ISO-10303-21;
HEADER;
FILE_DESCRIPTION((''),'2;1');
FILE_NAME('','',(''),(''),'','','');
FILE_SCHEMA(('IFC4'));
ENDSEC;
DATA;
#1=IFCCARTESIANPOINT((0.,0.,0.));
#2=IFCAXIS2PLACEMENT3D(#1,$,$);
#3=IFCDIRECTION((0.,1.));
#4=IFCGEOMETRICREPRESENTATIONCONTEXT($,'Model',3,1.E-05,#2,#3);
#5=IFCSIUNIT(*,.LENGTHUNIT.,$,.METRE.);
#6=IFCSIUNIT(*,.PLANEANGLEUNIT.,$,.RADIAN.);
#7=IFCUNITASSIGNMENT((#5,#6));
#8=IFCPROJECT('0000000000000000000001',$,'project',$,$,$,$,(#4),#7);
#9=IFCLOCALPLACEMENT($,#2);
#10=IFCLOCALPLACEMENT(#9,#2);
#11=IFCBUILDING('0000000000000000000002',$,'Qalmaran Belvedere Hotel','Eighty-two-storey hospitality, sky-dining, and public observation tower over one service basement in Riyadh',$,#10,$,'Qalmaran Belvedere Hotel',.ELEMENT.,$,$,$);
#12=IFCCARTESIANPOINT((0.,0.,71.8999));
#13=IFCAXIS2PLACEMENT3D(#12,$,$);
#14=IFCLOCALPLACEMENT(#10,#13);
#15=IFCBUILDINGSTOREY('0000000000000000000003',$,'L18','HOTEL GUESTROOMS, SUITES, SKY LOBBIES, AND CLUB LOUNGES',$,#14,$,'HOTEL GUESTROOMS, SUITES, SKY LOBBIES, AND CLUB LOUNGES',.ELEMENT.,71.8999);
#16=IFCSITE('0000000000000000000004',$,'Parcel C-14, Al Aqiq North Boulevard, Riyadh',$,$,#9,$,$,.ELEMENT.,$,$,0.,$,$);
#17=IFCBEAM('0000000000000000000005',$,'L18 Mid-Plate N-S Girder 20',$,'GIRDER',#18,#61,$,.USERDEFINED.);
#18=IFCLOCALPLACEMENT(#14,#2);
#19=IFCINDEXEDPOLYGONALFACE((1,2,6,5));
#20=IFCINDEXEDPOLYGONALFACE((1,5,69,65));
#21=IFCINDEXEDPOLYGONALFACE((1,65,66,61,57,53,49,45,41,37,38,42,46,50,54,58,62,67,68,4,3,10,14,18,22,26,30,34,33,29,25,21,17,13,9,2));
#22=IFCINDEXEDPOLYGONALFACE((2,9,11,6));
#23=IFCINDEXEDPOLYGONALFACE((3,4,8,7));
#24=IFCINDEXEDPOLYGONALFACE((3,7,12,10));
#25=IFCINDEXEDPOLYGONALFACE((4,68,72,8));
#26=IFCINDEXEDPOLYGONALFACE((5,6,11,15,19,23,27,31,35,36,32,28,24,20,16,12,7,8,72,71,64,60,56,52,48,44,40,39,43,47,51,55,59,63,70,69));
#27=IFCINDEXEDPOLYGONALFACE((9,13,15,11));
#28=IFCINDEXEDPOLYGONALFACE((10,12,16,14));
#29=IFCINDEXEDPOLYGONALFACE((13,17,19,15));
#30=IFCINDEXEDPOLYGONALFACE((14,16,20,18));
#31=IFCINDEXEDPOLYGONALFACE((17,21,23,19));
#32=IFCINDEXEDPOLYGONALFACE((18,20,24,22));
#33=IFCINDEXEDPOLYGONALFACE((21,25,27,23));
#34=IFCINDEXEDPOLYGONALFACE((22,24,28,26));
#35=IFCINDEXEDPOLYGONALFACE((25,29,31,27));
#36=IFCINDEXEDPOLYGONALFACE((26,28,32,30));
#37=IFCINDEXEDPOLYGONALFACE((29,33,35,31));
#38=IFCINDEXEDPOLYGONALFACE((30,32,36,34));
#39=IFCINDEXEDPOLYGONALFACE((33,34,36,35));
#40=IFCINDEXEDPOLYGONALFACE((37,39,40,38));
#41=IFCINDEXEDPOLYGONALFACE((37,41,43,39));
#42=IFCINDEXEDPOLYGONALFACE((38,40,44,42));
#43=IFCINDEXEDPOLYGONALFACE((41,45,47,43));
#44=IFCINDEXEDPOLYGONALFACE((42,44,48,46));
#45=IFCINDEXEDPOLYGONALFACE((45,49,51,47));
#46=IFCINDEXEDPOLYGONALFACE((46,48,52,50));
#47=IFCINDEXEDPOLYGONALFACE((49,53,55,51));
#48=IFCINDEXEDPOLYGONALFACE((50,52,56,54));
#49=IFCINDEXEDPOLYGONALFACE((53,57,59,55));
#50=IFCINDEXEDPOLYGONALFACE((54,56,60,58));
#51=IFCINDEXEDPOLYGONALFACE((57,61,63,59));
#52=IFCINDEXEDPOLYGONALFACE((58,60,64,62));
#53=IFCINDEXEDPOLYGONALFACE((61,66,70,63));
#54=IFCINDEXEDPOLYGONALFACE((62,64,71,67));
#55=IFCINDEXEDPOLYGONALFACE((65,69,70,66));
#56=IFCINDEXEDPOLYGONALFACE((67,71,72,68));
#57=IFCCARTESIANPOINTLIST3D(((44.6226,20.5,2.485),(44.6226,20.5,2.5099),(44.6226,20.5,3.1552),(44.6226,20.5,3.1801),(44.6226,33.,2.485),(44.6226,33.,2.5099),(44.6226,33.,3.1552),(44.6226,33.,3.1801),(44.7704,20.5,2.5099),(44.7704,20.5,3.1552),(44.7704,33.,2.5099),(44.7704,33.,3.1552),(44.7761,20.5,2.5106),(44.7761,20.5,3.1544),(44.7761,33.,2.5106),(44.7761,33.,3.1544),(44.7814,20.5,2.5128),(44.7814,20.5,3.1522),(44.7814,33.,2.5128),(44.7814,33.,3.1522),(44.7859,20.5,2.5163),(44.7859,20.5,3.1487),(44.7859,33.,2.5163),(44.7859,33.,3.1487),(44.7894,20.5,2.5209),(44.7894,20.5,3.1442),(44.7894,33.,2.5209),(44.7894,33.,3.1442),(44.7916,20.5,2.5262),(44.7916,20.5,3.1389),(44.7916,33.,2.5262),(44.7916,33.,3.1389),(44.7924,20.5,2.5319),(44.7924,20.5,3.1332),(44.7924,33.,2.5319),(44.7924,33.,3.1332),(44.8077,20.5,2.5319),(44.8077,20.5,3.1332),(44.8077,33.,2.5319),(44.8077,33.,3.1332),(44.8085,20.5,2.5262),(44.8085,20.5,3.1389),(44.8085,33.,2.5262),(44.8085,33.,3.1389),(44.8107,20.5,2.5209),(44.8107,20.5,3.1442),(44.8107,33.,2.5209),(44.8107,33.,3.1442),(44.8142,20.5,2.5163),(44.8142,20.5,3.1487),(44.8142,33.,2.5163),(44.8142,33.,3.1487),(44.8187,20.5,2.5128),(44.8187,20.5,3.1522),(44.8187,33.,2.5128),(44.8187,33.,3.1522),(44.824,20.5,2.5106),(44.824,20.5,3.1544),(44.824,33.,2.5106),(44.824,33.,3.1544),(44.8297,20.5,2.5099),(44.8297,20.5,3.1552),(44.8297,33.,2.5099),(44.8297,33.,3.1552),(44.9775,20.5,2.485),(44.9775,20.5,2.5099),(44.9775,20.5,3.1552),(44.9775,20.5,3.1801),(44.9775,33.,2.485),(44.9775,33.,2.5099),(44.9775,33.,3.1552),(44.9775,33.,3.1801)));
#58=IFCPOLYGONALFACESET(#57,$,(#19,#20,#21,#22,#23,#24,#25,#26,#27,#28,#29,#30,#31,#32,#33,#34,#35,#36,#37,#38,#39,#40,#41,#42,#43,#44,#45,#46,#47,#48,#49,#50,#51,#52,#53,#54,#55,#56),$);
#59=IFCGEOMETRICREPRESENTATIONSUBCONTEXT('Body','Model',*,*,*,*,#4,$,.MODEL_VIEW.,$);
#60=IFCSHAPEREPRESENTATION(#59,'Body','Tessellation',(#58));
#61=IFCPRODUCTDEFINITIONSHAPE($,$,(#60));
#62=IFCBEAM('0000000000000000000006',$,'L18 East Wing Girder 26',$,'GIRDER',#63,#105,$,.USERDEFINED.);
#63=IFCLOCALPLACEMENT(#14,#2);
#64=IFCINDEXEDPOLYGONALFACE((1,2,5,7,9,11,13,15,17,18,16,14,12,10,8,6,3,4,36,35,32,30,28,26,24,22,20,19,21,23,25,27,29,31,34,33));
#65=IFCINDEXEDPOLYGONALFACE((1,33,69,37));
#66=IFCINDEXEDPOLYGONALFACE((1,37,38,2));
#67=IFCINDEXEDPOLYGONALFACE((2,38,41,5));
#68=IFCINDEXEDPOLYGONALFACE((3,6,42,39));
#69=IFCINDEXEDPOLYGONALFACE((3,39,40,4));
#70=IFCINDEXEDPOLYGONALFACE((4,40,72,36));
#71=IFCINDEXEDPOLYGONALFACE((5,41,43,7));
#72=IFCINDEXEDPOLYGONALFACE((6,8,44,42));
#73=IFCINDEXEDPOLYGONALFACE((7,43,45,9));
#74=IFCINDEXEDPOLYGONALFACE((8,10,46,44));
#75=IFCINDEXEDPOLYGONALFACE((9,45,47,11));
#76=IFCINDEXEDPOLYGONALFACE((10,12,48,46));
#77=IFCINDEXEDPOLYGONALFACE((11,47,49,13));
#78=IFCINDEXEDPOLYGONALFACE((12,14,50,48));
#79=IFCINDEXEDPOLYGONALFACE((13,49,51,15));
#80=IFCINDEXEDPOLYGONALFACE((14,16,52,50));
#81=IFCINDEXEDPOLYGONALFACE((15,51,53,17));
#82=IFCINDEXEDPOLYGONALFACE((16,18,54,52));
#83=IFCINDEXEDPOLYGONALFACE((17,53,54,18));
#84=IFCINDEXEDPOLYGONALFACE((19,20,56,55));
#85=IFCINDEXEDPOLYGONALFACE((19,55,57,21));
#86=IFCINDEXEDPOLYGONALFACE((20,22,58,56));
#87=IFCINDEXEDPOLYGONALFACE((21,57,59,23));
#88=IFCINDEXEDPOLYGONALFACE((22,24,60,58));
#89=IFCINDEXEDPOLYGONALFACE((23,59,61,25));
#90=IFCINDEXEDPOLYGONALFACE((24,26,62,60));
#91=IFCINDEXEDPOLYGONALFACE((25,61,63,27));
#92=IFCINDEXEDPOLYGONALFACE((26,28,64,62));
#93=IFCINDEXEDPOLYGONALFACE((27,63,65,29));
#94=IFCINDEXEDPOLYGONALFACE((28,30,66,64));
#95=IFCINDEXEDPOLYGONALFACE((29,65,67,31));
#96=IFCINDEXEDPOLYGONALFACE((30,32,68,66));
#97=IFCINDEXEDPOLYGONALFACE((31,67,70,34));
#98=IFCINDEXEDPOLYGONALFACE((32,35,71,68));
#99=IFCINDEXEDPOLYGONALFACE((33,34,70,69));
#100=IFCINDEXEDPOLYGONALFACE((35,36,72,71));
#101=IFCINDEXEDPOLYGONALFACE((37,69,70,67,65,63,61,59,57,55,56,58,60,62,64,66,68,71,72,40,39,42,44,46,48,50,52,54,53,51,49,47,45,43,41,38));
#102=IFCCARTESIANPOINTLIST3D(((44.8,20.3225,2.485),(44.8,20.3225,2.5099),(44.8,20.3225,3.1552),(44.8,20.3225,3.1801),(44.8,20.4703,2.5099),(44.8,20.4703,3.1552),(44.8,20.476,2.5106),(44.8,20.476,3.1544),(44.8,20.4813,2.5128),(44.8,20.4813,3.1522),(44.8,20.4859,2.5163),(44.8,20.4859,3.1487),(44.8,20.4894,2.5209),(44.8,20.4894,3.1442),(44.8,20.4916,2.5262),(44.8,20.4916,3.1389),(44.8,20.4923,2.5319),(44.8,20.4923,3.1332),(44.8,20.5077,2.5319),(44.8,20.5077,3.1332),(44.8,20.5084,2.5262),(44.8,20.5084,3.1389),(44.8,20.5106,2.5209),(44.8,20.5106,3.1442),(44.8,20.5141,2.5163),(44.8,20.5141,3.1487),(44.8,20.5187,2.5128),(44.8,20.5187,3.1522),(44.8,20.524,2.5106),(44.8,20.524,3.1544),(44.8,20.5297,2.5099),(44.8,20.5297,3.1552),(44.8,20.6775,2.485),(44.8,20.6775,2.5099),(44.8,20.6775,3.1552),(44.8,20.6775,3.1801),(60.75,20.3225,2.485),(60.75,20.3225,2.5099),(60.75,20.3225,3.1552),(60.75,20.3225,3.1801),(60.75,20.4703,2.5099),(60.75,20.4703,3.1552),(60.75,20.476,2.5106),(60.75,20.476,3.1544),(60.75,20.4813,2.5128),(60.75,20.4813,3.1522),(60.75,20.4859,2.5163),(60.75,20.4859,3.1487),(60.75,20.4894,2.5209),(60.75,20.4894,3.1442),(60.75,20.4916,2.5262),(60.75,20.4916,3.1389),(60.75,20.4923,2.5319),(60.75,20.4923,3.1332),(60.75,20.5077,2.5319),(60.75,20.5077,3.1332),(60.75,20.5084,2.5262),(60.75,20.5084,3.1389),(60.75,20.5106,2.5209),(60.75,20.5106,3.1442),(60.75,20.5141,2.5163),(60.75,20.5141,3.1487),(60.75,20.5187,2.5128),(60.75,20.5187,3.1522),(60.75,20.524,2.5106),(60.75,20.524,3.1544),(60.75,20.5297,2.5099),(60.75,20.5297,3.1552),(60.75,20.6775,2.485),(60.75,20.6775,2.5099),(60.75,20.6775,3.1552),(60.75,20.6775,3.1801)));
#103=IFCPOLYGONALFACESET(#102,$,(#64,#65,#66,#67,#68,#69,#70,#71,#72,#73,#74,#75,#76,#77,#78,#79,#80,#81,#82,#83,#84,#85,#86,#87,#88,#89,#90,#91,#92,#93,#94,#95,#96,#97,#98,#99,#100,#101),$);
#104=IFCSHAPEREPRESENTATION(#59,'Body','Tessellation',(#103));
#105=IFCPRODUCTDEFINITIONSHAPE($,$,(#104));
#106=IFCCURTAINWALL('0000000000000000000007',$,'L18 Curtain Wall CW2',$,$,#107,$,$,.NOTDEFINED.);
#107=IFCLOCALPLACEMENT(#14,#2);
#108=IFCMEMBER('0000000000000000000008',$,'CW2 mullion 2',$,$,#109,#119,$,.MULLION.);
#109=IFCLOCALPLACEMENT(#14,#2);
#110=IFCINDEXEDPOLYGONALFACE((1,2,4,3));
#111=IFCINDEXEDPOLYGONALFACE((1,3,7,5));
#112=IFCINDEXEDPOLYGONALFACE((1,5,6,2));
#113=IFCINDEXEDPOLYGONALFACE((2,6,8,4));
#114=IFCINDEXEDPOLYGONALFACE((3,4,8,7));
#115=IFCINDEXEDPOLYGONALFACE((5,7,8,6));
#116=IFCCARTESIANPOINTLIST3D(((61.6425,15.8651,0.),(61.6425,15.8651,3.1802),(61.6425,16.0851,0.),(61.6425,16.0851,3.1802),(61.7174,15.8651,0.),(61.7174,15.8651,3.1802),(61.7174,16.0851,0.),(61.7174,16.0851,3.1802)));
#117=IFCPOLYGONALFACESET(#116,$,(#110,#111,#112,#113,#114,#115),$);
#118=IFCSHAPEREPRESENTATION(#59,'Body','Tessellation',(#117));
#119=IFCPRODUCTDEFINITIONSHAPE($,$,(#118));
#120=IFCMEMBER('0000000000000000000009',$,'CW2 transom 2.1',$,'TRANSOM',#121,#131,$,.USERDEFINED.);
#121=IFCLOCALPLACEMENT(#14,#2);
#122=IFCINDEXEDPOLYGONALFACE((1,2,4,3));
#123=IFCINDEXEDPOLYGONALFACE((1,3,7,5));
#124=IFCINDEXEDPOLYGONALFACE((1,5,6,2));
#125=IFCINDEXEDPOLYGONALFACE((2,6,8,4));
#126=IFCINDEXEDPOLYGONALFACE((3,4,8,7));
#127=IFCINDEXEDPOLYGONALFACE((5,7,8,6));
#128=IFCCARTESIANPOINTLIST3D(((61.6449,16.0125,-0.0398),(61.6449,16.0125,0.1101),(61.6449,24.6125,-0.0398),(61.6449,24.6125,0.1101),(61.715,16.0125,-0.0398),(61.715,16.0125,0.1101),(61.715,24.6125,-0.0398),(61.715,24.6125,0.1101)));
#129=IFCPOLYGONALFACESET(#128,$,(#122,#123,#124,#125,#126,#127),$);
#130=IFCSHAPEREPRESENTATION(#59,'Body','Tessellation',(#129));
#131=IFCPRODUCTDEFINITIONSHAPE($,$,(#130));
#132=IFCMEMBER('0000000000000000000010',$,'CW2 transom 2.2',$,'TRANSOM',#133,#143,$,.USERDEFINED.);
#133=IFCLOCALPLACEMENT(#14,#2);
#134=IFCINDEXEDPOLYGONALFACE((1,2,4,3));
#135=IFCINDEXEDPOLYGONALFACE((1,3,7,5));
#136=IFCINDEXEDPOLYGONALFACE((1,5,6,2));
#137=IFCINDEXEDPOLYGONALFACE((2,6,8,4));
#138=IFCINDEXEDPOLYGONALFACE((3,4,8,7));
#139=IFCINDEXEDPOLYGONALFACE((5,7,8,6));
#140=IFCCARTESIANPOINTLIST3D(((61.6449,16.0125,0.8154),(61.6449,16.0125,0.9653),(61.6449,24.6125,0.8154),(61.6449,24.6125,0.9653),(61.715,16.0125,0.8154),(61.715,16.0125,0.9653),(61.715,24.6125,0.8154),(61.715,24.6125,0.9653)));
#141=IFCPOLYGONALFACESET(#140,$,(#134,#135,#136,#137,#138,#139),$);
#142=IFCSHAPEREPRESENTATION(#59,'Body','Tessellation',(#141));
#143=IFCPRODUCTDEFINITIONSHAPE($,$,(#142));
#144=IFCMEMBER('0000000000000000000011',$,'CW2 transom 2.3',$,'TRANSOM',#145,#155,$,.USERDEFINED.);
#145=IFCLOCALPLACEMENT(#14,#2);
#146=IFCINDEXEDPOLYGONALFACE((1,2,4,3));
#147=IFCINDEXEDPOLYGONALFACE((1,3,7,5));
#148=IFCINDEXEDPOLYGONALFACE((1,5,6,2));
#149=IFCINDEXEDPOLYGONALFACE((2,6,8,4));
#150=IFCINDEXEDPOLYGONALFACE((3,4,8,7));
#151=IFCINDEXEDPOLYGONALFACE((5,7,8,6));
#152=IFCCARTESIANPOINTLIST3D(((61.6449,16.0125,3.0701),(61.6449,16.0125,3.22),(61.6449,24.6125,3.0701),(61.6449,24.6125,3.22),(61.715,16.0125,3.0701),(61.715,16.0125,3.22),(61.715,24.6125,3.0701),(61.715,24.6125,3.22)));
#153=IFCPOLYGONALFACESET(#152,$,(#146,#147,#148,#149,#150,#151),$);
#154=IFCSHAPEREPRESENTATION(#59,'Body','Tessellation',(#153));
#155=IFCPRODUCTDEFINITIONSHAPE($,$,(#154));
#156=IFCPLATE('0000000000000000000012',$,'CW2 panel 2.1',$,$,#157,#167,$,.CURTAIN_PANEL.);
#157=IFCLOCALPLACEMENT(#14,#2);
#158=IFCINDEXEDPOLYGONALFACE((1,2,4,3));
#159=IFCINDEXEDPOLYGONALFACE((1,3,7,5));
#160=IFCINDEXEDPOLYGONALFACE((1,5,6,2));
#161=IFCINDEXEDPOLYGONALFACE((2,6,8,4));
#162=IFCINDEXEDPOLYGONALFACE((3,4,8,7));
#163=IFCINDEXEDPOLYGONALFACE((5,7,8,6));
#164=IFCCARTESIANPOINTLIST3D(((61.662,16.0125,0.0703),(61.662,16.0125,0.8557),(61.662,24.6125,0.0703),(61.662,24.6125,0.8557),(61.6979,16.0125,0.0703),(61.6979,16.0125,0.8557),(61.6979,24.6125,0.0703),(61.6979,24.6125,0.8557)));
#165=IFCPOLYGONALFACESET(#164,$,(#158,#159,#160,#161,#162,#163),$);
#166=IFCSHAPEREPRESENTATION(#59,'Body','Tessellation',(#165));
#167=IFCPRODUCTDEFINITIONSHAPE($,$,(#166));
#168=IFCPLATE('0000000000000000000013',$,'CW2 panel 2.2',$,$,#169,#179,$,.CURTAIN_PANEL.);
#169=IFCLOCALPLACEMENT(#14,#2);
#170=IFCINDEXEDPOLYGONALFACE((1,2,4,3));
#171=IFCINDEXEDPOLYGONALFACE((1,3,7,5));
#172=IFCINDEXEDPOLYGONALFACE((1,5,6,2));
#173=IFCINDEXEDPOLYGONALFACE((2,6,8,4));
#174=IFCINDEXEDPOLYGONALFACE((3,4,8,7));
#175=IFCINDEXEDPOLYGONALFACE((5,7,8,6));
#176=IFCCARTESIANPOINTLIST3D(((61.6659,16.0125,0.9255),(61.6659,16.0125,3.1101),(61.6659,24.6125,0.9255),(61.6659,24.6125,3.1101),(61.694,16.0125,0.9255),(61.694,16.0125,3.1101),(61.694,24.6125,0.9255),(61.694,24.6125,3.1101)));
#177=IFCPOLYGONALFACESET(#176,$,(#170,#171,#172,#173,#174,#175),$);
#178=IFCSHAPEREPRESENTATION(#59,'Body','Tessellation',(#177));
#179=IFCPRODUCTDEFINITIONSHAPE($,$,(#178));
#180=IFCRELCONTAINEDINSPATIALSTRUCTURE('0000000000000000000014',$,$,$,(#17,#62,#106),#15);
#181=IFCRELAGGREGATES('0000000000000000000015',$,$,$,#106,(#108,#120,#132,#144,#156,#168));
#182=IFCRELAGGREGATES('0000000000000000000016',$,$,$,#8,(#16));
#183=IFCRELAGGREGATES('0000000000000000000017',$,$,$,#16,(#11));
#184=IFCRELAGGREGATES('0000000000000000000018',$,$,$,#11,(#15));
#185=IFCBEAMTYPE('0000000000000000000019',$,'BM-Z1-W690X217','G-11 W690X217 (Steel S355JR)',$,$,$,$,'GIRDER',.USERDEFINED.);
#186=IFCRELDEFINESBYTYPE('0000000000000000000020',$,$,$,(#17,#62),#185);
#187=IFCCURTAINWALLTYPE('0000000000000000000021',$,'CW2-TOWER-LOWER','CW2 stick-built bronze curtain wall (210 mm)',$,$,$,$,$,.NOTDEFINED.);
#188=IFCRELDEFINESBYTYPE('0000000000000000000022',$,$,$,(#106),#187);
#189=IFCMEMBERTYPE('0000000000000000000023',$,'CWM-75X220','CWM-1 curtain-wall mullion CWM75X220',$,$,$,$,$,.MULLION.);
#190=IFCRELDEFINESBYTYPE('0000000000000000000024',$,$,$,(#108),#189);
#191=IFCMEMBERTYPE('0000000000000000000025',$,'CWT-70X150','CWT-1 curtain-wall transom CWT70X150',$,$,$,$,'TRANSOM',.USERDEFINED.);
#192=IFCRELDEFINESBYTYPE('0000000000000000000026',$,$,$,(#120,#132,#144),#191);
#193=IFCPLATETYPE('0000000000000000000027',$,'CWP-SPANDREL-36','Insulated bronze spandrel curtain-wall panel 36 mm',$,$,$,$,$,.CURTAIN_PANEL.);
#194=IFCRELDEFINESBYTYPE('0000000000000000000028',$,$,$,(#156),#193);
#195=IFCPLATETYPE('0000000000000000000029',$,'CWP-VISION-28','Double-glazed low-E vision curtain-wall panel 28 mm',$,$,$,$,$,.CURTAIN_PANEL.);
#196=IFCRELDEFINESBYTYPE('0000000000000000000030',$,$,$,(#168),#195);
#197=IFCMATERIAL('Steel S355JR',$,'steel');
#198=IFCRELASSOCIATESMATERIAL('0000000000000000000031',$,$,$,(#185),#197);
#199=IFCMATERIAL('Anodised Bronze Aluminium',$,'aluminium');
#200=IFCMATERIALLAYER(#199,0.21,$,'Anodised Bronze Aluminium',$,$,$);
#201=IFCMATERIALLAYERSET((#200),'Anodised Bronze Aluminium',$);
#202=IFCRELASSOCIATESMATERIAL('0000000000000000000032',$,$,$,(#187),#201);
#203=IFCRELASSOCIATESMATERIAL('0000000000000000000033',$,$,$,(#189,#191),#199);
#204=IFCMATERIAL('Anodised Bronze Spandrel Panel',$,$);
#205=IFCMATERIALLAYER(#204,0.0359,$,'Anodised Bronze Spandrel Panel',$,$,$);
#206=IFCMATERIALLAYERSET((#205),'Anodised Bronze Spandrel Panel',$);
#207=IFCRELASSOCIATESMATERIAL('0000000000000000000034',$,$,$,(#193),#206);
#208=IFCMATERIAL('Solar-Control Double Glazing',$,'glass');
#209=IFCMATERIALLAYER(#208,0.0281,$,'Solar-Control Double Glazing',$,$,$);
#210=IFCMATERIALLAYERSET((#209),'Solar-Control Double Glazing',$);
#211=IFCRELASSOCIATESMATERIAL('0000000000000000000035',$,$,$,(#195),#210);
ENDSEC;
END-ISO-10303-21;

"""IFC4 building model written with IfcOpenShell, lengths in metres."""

from ifc_helpers import new_model, si_unit, direction, frame, origin, origin_2d, place, context, subcontext, project, spatial, rectangle, i_section, extrude, material, layer, layer_set, material_profile, profile_set, type_object, element, aggregate, save


model = new_model("IFC4")

# Units and contexts
model_context = context("Model", 3, precision=1e-05, world=origin(), true_north=direction((0.0, 1.0)))
body_context = subcontext(model_context, "Body", "Model", "MODEL_VIEW")
ifc_project = project(units=[si_unit("LENGTHUNIT", "METRE"), si_unit("PLANEANGLEUNIT", "RADIAN")], contexts=[model_context])

# Site, building, storey
site_placement = place(None, origin())
site = spatial("IfcSite", under=ifc_project, at=site_placement, Name="Parcel C-14, Al Aqiq North Boulevard, Riyadh", CompositionType="ELEMENT", RefElevation=0.0)
building_placement = place(site_placement, origin())
building = spatial("IfcBuilding", under=site, at=building_placement, Name="Qalmaran Belvedere Hotel", Description="Eighty-two-storey hospitality, sky-dining, and public observation tower over one service basement in Riyadh", LongName="Qalmaran Belvedere Hotel", CompositionType="ELEMENT")
storey_placement = place(building_placement, frame((0.0, 0.0, 71.8999)))
storey = spatial("IfcBuildingStorey", under=building, at=storey_placement, Name="L18", Description="HOTEL GUESTROOMS, SUITES, SKY LOBBIES, AND CLUB LOUNGES", LongName="HOTEL GUESTROOMS, SUITES, SKY LOBBIES, AND CLUB LOUNGES", CompositionType="ELEMENT", Elevation=71.8999)

# Beams
ifc_material_1 = material(Name="Steel S355JR", Category="steel")
ifc_material_profile_1 = material_profile(ifc_material_1, i_section(OverallWidth=0.355, OverallDepth=0.6951, WebThickness=0.0154, FlangeThickness=0.0249, FilletRadius=0.022, at=origin_2d()), Name="W690X217")
ifc_profile_set_1 = profile_set([ifc_material_profile_1], Name="Steel S355JR")
beam_type_1 = type_object("IfcBeamType", Name="BM-Z1-W690X217", Description="G-11 W690X217 (Steel S355JR)", ElementType="GIRDER", PredefinedType="USERDEFINED", material=ifc_profile_set_1)
beam_1_placement = place(storey_placement, frame((44.8, 20.5, 2.8325), z_axis=(0.0, 1.0, 0.0), x_axis=(-1.0, 0.0, 0.0)))
element("IfcBeam", 1, at=beam_1_placement, inside=storey, type_object=beam_type_1, Name="L18 Mid-Plate N-S Girder 20", ObjectType="GIRDER", PredefinedType="USERDEFINED", context=body_context, shape_type="SweptSolid", body=[
    extrude(i_section(OverallWidth=0.355, OverallDepth=0.6951, WebThickness=0.0154, FlangeThickness=0.0249, FilletRadius=0.022, at=origin_2d()), origin(), (0.0, 0.0, 1.0), 12.5),
])
beam_2_placement = place(storey_placement, frame((44.8, 20.5, 2.8325), z_axis=(1.0, 0.0, 0.0), x_axis=(0.0, 1.0, 0.0)))
element("IfcBeam", 2, at=beam_2_placement, inside=storey, type_object=beam_type_1, Name="L18 East Wing Girder 26", ObjectType="GIRDER", PredefinedType="USERDEFINED", context=body_context, shape_type="SweptSolid", body=[
    extrude(i_section(OverallWidth=0.355, OverallDepth=0.6951, WebThickness=0.0154, FlangeThickness=0.0249, FilletRadius=0.022, at=origin_2d()), origin(), (0.0, 0.0, 1.0), 15.95),
])

# Curtain wall, members, plates
ifc_material_2 = material(Name="Anodised Bronze Aluminium", Category="aluminium")
ifc_layer_1 = layer(ifc_material_2, 0.21, Name="Anodised Bronze Aluminium")
ifc_layer_set_1 = layer_set([ifc_layer_1], Name="Anodised Bronze Aluminium")
curtain_wall_type = type_object("IfcCurtainWallType", Name="CW2-TOWER-LOWER", Description="CW2 stick-built bronze curtain wall (210 mm)", PredefinedType="NOTDEFINED", material=ifc_layer_set_1)
curtain_wall_placement = place(storey_placement, origin())
curtain_wall = element("IfcCurtainWall", 3, at=curtain_wall_placement, inside=storey, type_object=curtain_wall_type, Name="L18 Curtain Wall CW2", PredefinedType="NOTDEFINED")
ifc_material_profile_2 = material_profile(ifc_material_2, rectangle(XDim=0.075, YDim=0.22, at=origin_2d()), Name="CWM75X220")
ifc_profile_set_2 = profile_set([ifc_material_profile_2], Name="Anodised Bronze Aluminium")
member_type_1 = type_object("IfcMemberType", Name="CWM-75X220", Description="CWM-1 curtain-wall mullion CWM75X220", PredefinedType="MULLION", material=ifc_profile_set_2)
member_1_placement = place(storey_placement, frame((61.6799, 15.9751, 0.0), z_axis=(0.0, 0.0, 1.0), x_axis=(-1.0, 0.0, 0.0)))
member_1 = element("IfcMember", 4, at=member_1_placement, type_object=member_type_1, Name="CW2 mullion 2", PredefinedType="MULLION", context=body_context, shape_type="SweptSolid", body=[
    extrude(rectangle(XDim=0.075, YDim=0.22, at=origin_2d()), origin(), (0.0, 0.0, 1.0), 3.1802),
])
ifc_material_profile_3 = material_profile(ifc_material_2, rectangle(XDim=0.0701, YDim=0.1499, at=origin_2d()), Name="CWT70X150")
ifc_profile_set_3 = profile_set([ifc_material_profile_3], Name="Anodised Bronze Aluminium")
member_type_2 = type_object("IfcMemberType", Name="CWT-70X150", Description="CWT-1 curtain-wall transom CWT70X150", ElementType="TRANSOM", PredefinedType="USERDEFINED", material=ifc_profile_set_3)
member_2_placement = place(storey_placement, frame((61.6799, 16.0125, 0.0352), z_axis=(0.0, 1.0, 0.0), x_axis=(-1.0, 0.0, 0.0)))
member_2 = element("IfcMember", 5, at=member_2_placement, type_object=member_type_2, Name="CW2 transom 2.1", ObjectType="TRANSOM", PredefinedType="USERDEFINED", context=body_context, shape_type="SweptSolid", body=[
    extrude(rectangle(XDim=0.0701, YDim=0.1499, at=origin_2d()), origin(), (0.0, 0.0, 1.0), 8.6001),
])
member_3_placement = place(storey_placement, frame((61.6799, 16.0125, 0.8904), z_axis=(0.0, 1.0, 0.0), x_axis=(-1.0, 0.0, 0.0)))
member_3 = element("IfcMember", 6, at=member_3_placement, type_object=member_type_2, Name="CW2 transom 2.2", ObjectType="TRANSOM", PredefinedType="USERDEFINED", context=body_context, shape_type="SweptSolid", body=[
    extrude(rectangle(XDim=0.0701, YDim=0.1499, at=origin_2d()), origin(), (0.0, 0.0, 1.0), 8.6001),
])
member_4_placement = place(storey_placement, frame((61.6799, 16.0125, 3.145), z_axis=(0.0, 1.0, 0.0), x_axis=(-1.0, 0.0, 0.0)))
member_4 = element("IfcMember", 7, at=member_4_placement, type_object=member_type_2, Name="CW2 transom 2.3", ObjectType="TRANSOM", PredefinedType="USERDEFINED", context=body_context, shape_type="SweptSolid", body=[
    extrude(rectangle(XDim=0.0701, YDim=0.1499, at=origin_2d()), origin(), (0.0, 0.0, 1.0), 8.6001),
])
ifc_material_3 = material(Name="Anodised Bronze Spandrel Panel")
ifc_layer_2 = layer(ifc_material_3, 0.0359, Name="Anodised Bronze Spandrel Panel")
ifc_layer_set_2 = layer_set([ifc_layer_2], Name="Anodised Bronze Spandrel Panel")
plate_type_1 = type_object("IfcPlateType", Name="CWP-SPANDREL-36", Description="Insulated bronze spandrel curtain-wall panel 36 mm", PredefinedType="CURTAIN_PANEL", material=ifc_layer_set_2)
plate_1_placement = place(storey_placement, frame((61.6799, 20.3125, 0.0703), z_axis=(0.0, 0.0, 1.0), x_axis=(0.0, 1.0, 0.0)))
plate_1 = element("IfcPlate", 8, at=plate_1_placement, type_object=plate_type_1, Name="CW2 panel 2.1", PredefinedType="CURTAIN_PANEL", context=body_context, shape_type="SweptSolid", body=[
    extrude(rectangle(XDim=8.6001, YDim=0.0359, at=origin_2d()), origin(), (0.0, 0.0, 1.0), 0.7854),
])
ifc_material_4 = material(Name="Solar-Control Double Glazing", Category="glass")
ifc_layer_3 = layer(ifc_material_4, 0.0281, Name="Solar-Control Double Glazing")
ifc_layer_set_3 = layer_set([ifc_layer_3], Name="Solar-Control Double Glazing")
plate_type_2 = type_object("IfcPlateType", Name="CWP-VISION-28", Description="Double-glazed low-E vision curtain-wall panel 28 mm", PredefinedType="CURTAIN_PANEL", material=ifc_layer_set_3)
plate_2_placement = place(storey_placement, frame((61.6799, 20.3125, 0.9255), z_axis=(0.0, 0.0, 1.0), x_axis=(0.0, 1.0, 0.0)))
plate_2 = element("IfcPlate", 9, at=plate_2_placement, type_object=plate_type_2, Name="CW2 panel 2.2", PredefinedType="CURTAIN_PANEL", context=body_context, shape_type="SweptSolid", body=[
    extrude(rectangle(XDim=8.6001, YDim=0.0281, at=origin_2d()), origin(), (0.0, 0.0, 1.0), 2.1846),
])
aggregate(curtain_wall, [member_1, member_2, member_3, member_4, plate_1, plate_2])

save(model, "model.ifc")
